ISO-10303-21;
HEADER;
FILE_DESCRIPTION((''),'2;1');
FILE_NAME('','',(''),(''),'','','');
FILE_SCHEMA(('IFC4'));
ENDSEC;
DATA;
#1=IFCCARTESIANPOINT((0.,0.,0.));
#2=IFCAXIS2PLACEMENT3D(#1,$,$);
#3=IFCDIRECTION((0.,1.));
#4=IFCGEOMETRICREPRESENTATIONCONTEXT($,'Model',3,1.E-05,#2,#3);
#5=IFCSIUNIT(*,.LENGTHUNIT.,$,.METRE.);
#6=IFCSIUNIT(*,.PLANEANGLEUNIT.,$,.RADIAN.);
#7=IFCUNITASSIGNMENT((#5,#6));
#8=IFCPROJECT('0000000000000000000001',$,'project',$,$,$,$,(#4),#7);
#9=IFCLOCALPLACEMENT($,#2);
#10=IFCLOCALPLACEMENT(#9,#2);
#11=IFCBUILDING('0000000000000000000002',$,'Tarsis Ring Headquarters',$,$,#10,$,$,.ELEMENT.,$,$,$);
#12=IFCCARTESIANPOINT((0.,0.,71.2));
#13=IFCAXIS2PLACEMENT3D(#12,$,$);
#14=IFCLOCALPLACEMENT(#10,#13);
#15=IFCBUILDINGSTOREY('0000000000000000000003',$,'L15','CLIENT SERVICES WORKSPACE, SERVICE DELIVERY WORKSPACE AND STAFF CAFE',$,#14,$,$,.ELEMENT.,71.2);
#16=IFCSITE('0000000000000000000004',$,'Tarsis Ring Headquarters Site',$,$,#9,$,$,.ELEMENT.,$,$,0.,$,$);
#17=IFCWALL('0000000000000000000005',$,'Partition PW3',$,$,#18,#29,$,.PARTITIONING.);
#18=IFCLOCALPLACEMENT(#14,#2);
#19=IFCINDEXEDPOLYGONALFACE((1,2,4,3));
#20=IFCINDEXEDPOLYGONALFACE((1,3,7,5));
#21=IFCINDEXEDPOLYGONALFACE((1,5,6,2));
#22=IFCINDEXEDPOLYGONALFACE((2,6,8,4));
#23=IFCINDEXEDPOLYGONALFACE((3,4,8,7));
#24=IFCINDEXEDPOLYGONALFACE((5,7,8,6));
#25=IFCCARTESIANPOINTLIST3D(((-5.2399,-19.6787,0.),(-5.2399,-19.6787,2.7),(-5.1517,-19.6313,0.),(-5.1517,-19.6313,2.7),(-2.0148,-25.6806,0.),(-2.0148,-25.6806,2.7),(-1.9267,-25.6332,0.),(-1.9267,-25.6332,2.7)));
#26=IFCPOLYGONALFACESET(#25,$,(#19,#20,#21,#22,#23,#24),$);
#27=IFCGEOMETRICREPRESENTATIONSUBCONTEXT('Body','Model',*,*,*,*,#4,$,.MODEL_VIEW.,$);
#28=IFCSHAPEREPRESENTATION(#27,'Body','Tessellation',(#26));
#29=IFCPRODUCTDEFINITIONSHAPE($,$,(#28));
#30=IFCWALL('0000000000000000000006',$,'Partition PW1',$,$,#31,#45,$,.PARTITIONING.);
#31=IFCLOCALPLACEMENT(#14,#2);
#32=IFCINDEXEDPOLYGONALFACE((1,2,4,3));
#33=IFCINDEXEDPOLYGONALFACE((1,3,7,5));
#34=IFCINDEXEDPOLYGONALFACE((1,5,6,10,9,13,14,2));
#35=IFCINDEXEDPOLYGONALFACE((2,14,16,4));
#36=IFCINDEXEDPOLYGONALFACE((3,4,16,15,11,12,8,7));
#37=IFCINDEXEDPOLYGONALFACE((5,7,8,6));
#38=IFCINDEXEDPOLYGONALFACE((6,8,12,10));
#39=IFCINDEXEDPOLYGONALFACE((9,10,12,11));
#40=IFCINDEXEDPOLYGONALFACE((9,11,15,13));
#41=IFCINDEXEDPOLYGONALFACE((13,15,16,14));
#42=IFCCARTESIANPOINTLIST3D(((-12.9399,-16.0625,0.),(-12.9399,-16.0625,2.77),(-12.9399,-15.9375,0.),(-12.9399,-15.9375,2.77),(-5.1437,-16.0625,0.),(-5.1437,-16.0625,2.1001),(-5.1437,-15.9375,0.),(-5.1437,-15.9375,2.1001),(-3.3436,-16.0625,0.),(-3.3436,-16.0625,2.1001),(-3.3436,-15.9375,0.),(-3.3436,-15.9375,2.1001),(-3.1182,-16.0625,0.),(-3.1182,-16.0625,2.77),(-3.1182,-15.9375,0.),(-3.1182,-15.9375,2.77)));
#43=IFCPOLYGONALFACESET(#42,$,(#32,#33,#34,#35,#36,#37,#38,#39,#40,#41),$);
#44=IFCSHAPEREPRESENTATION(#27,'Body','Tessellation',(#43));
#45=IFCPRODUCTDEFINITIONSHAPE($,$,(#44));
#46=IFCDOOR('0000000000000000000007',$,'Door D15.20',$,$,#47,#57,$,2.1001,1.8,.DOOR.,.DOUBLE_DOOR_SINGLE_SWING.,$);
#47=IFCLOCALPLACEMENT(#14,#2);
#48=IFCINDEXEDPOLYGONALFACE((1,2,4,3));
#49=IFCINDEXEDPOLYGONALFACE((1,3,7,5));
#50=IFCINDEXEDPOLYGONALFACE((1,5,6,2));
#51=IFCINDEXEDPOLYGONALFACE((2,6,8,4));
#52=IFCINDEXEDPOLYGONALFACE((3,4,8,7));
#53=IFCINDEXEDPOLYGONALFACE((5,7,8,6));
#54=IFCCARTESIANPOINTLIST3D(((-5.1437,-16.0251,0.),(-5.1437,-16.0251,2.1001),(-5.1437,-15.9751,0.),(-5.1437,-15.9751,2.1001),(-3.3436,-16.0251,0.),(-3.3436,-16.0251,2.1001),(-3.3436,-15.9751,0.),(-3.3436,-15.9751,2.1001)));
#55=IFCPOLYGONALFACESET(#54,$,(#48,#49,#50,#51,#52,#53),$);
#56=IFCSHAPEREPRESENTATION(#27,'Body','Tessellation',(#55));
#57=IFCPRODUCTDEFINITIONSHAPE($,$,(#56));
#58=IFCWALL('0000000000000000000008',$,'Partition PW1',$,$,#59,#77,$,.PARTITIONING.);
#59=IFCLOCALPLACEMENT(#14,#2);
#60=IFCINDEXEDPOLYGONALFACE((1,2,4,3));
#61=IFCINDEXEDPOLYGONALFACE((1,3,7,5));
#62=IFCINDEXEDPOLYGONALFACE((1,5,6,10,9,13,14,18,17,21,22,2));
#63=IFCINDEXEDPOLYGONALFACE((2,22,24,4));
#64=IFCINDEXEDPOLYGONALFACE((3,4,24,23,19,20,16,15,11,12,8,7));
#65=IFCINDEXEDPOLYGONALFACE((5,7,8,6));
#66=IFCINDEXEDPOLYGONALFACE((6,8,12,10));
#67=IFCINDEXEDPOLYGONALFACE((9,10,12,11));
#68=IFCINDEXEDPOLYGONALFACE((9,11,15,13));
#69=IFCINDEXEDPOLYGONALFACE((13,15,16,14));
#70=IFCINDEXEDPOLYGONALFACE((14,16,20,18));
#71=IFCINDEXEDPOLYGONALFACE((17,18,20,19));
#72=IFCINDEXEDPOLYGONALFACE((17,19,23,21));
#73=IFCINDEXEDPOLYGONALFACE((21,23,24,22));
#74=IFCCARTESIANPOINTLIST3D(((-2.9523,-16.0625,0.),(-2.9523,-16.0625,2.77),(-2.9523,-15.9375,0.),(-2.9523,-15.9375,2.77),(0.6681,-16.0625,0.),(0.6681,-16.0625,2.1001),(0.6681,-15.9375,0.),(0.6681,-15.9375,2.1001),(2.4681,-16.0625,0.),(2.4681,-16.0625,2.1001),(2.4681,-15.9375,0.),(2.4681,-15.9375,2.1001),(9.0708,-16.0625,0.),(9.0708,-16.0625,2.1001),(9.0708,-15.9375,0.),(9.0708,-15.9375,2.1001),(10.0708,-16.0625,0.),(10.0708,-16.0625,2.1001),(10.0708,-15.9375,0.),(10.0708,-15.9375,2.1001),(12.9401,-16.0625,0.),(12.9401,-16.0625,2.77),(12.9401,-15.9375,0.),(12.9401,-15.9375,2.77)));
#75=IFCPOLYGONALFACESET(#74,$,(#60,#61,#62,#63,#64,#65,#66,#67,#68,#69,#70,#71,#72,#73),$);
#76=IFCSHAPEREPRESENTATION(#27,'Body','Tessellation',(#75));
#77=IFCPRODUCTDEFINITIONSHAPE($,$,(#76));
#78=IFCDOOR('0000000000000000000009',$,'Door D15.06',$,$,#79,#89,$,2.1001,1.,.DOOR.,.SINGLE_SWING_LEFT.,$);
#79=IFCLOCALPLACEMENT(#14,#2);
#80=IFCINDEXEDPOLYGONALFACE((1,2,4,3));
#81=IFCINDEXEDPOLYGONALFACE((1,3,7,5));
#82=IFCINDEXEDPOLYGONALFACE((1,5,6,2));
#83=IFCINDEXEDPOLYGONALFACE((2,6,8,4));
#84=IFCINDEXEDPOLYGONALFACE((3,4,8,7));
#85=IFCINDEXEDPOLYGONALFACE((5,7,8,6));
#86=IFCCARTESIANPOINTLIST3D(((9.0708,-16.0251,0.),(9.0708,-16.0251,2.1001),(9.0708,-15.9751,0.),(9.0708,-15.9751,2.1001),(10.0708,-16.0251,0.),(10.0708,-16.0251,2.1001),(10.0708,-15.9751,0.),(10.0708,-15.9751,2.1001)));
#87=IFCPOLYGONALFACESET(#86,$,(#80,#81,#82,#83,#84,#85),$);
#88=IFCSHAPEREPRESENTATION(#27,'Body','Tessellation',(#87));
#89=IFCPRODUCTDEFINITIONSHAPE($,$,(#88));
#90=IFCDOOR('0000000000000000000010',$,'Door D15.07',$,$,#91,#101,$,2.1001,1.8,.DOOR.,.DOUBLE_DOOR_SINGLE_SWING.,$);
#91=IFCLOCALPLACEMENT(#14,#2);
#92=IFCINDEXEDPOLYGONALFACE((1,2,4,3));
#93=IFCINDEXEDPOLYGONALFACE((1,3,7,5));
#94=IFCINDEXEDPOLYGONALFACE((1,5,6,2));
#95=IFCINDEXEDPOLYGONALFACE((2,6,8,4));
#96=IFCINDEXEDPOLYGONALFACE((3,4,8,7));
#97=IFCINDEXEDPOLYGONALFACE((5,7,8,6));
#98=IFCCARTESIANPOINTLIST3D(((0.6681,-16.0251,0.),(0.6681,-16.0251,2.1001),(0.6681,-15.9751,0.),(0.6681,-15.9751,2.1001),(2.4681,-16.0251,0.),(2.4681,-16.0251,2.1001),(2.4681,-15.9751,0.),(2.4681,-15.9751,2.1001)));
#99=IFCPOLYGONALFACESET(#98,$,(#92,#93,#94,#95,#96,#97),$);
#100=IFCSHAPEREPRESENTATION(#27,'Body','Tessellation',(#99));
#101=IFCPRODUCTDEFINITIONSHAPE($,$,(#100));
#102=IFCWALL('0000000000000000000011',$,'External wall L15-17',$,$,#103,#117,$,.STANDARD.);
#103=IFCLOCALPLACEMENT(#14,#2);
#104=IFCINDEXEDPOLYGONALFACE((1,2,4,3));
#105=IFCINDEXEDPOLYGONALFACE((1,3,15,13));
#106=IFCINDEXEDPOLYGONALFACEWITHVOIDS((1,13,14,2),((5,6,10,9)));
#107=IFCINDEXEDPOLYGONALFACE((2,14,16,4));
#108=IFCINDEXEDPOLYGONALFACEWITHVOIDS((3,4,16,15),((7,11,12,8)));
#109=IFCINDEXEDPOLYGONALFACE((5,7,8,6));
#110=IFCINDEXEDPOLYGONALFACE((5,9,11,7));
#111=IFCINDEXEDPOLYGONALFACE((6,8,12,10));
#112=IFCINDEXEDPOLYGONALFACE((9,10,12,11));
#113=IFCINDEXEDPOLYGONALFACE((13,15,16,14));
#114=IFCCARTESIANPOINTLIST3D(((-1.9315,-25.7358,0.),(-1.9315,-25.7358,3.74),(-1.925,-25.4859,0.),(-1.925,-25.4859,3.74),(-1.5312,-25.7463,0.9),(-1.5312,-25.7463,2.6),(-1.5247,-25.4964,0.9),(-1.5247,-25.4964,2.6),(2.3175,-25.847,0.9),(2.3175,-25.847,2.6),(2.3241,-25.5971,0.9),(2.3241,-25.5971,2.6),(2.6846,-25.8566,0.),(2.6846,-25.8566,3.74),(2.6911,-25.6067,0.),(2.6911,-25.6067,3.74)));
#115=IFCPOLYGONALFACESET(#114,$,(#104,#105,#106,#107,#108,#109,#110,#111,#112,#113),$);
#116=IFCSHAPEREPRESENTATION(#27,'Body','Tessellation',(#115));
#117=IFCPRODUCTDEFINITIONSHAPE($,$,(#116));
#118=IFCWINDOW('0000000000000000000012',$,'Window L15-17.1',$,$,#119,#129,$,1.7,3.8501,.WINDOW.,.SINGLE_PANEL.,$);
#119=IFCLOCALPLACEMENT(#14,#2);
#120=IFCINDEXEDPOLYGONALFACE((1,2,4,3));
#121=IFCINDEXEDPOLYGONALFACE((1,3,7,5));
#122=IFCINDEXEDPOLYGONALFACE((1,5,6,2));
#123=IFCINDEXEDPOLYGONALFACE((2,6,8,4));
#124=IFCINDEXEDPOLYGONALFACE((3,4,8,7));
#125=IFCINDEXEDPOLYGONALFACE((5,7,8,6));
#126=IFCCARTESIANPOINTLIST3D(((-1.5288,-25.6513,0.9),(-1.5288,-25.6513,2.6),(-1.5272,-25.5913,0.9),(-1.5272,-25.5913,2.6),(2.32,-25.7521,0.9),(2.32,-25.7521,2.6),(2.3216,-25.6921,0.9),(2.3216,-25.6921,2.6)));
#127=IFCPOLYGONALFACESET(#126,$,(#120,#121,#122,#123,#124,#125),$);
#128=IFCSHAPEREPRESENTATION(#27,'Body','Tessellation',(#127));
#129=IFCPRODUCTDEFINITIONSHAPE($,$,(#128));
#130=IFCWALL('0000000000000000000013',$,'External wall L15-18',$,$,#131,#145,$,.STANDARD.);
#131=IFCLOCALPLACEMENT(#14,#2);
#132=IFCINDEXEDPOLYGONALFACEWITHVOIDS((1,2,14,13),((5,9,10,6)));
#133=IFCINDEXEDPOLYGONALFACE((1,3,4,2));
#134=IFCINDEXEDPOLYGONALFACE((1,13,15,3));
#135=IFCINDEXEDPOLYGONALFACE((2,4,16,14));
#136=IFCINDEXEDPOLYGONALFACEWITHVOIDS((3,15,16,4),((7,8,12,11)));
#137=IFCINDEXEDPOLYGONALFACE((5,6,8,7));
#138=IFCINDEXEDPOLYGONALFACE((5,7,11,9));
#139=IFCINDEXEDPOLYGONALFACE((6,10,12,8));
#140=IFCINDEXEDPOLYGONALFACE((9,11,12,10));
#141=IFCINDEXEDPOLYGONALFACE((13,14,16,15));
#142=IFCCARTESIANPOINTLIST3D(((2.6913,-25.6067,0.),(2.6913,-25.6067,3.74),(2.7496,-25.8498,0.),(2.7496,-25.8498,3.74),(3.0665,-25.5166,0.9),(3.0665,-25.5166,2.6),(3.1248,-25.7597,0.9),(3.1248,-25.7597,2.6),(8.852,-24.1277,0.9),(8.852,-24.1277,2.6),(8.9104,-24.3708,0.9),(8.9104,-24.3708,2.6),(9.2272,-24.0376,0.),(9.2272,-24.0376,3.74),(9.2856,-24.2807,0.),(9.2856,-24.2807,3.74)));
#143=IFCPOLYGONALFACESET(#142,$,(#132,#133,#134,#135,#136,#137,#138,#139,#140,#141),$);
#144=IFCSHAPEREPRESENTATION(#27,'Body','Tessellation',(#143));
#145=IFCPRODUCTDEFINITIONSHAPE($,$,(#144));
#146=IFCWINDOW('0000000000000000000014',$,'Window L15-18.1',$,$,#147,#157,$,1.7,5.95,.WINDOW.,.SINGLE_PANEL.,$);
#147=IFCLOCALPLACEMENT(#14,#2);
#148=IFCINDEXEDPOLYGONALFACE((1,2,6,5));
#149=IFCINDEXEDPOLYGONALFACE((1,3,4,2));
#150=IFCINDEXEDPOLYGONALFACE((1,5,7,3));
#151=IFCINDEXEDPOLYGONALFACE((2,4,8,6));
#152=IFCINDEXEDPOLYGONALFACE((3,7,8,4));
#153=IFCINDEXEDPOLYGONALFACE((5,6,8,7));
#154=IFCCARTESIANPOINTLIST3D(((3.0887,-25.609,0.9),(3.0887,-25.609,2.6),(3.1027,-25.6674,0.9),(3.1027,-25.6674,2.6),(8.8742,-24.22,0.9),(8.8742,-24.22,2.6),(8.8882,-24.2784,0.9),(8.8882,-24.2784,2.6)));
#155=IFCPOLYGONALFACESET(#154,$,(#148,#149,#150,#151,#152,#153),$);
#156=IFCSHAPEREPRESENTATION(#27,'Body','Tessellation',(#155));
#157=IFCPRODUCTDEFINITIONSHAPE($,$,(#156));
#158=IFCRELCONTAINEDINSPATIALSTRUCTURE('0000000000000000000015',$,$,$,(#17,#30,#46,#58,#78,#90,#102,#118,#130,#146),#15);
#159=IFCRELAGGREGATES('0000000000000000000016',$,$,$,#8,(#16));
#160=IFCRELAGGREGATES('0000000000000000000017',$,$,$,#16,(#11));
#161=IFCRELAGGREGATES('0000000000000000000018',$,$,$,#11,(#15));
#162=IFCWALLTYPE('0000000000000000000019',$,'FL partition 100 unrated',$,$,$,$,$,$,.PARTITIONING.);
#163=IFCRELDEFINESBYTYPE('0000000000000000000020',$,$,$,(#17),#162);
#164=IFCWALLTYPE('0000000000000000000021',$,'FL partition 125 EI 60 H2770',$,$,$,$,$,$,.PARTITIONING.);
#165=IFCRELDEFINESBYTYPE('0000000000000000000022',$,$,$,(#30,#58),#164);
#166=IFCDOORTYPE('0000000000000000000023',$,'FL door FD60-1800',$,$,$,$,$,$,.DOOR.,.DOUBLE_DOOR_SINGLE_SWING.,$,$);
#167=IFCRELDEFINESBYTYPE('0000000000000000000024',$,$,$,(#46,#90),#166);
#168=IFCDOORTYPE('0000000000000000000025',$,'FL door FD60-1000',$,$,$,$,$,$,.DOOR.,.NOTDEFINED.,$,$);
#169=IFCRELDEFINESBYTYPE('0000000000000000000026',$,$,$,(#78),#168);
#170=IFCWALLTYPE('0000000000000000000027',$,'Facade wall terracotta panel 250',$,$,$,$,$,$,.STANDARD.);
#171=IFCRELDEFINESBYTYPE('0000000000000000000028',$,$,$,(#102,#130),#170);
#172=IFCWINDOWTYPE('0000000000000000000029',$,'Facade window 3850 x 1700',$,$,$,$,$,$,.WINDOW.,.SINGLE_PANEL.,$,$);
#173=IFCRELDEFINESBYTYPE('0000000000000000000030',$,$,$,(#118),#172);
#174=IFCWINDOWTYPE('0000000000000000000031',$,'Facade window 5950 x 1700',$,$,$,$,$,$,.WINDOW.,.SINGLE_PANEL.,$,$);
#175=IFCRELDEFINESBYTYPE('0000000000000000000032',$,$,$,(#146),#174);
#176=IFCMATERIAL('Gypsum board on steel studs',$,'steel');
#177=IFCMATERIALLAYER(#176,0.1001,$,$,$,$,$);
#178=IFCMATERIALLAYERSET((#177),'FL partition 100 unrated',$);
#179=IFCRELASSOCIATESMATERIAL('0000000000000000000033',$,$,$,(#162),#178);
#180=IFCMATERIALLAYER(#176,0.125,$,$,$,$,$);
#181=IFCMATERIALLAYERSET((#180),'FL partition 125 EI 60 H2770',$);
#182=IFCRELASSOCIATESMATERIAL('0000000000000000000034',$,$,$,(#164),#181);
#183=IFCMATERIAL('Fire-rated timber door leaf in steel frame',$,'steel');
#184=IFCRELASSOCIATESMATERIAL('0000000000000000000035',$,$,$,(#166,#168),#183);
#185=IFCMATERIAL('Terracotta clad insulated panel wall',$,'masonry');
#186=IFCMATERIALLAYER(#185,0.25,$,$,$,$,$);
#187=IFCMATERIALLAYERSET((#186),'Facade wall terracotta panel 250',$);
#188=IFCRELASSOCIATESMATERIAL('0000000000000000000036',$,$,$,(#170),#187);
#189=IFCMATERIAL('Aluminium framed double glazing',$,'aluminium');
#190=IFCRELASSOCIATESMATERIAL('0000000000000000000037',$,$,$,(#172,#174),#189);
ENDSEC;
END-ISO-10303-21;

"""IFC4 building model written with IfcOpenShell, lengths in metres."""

from ifc_helpers import new_model, si_unit, direction, frame, frame_2d, origin, place, context, subcontext, project, spatial, rectangle, extrude, material, layer, layer_set, type_object, element, fill, save


model = new_model("IFC4")

# Units and contexts
model_context = context("Model", 3, precision=1e-05, world=origin(), true_north=direction((0.0, 1.0)))
body_context = subcontext(model_context, "Body", "Model", "MODEL_VIEW")
ifc_project = project(units=[si_unit("LENGTHUNIT", "METRE"), si_unit("PLANEANGLEUNIT", "RADIAN")], contexts=[model_context])

# Site, building, storey
site_placement = place(None, origin())
site = spatial("IfcSite", under=ifc_project, at=site_placement, Name="Tarsis Ring Headquarters Site", CompositionType="ELEMENT", RefElevation=0.0)
building_placement = place(site_placement, origin())
building = spatial("IfcBuilding", under=site, at=building_placement, Name="Tarsis Ring Headquarters", CompositionType="ELEMENT")
storey_placement = place(building_placement, frame((0.0, 0.0, 71.2)))
storey = spatial("IfcBuildingStorey", under=building, at=storey_placement, Name="L15", Description="CLIENT SERVICES WORKSPACE, SERVICE DELIVERY WORKSPACE AND STAFF CAFE", CompositionType="ELEMENT", Elevation=71.2)

# Wall
ifc_material_1 = material(Name="Gypsum board on steel studs", Category="steel")
ifc_layer_1 = layer(ifc_material_1, 0.1001)
ifc_layer_set_1 = layer_set([ifc_layer_1], Name="FL partition 100 unrated")
wall_type_1 = type_object("IfcWallType", Name="FL partition 100 unrated", PredefinedType="PARTITIONING", material=ifc_layer_set_1)
wall_1_placement = place(storey_placement, frame((-5.1958, -19.655, 0.0), z_axis=(0.0, 0.0, 1.0), x_axis=(0.473335, -0.880883, 0.0)))
element("IfcWall", 1, at=wall_1_placement, inside=storey, type_object=wall_type_1, Name="Partition PW3", PredefinedType="PARTITIONING", context=body_context, shape_type="SweptSolid", body=[
    extrude(rectangle(XDim=6.8135, YDim=0.1001, at=frame_2d((3.4067, 0.0))), origin(), (0.0, 0.0, 1.0), 2.7),
])

# Wall, opening, door
ifc_layer_2 = layer(ifc_material_1, 0.125)
ifc_layer_set_2 = layer_set([ifc_layer_2], Name="FL partition 125 EI 60 H2770")
wall_type_2 = type_object("IfcWallType", Name="FL partition 125 EI 60 H2770", PredefinedType="PARTITIONING", material=ifc_layer_set_2)
wall_2_placement = place(storey_placement, frame((-12.9399, -16.0, 0.0), z_axis=(0.0, 0.0, 1.0), x_axis=(1.0, 0.0, 0.0)))
wall_2 = element("IfcWall", 2, at=wall_2_placement, inside=storey, type_object=wall_type_2, Name="Partition PW1", PredefinedType="PARTITIONING", context=body_context, shape_type="SweptSolid", body=[
    extrude(rectangle(XDim=9.8218, YDim=0.125, at=frame_2d((4.9109, 0.0))), origin(), (0.0, 0.0, 1.0), 2.77),
])
opening_1_placement = place(wall_2_placement, frame((7.7964, 0.0, 0.0)))
opening_1 = element("IfcOpeningElement", 3, at=opening_1_placement, cuts=wall_2, PredefinedType="OPENING", context=body_context, shape_type="SweptSolid", body=[
    extrude(rectangle(XDim=1.8, YDim=2.1001, at=frame_2d((0.8999, 1.05))), frame((0.0, 0.0725, 0.0), z_axis=(0.0, -1.0, 0.0), x_axis=(1.0, 0.0, 0.0)), (0.0, 0.0, 1.0), 0.145),
])
ifc_material_2 = material(Name="Fire-rated timber door leaf in steel frame", Category="steel")
door_type_1 = type_object("IfcDoorType", Name="FL door FD60-1800", OperationType="DOUBLE_DOOR_SINGLE_SWING", PredefinedType="DOOR", material=ifc_material_2)
door_1_placement = place(opening_1_placement, origin())
door_1 = element("IfcDoor", 4, at=door_1_placement, inside=storey, type_object=door_type_1, Name="Door D15.20", OperationType="DOUBLE_DOOR_SINGLE_SWING", OverallHeight=2.1001, OverallWidth=1.8, PredefinedType="DOOR", context=body_context, shape_type="SweptSolid", body=[
    extrude(rectangle(XDim=1.8, YDim=2.1001, at=frame_2d((0.8999, 1.05))), frame((0.0, 0.0249, 0.0), z_axis=(0.0, -1.0, 0.0), x_axis=(1.0, 0.0, 0.0)), (0.0, 0.0, 1.0), 0.05),
])
fill(opening_1, door_1)

# Wall, openings, doors
wall_3_placement = place(storey_placement, frame((-2.9524, -16.0, 0.0), z_axis=(0.0, 0.0, 1.0), x_axis=(1.0, 0.0, 0.0)))
wall_3 = element("IfcWall", 5, at=wall_3_placement, inside=storey, type_object=wall_type_2, Name="Partition PW1", PredefinedType="PARTITIONING", context=body_context, shape_type="SweptSolid", body=[
    extrude(rectangle(XDim=15.8923, YDim=0.125, at=frame_2d((7.9463, 0.0))), origin(), (0.0, 0.0, 1.0), 2.77),
])
opening_2_placement = place(wall_3_placement, frame((12.0232, 0.0, 0.0)))
opening_2 = element("IfcOpeningElement", 6, at=opening_2_placement, cuts=wall_3, PredefinedType="OPENING", context=body_context, shape_type="SweptSolid", body=[
    extrude(rectangle(XDim=1.0, YDim=2.1001, at=frame_2d((0.5, 1.05))), frame((0.0, 0.0725, 0.0), z_axis=(0.0, -1.0, 0.0), x_axis=(1.0, 0.0, 0.0)), (0.0, 0.0, 1.0), 0.145),
])
opening_3_placement = place(wall_3_placement, frame((3.6206, 0.0, 0.0)))
opening_3 = element("IfcOpeningElement", 7, at=opening_3_placement, cuts=wall_3, PredefinedType="OPENING", context=body_context, shape_type="SweptSolid", body=[
    extrude(rectangle(XDim=1.8, YDim=2.1001, at=frame_2d((0.8999, 1.05))), frame((0.0, 0.0725, 0.0), z_axis=(0.0, -1.0, 0.0), x_axis=(1.0, 0.0, 0.0)), (0.0, 0.0, 1.0), 0.145),
])
door_type_2 = type_object("IfcDoorType", Name="FL door FD60-1000", OperationType="NOTDEFINED", PredefinedType="DOOR", material=ifc_material_2)
door_2_placement = place(opening_2_placement, origin())
door_2 = element("IfcDoor", 8, at=door_2_placement, inside=storey, type_object=door_type_2, Name="Door D15.06", OperationType="SINGLE_SWING_LEFT", OverallHeight=2.1001, OverallWidth=1.0, PredefinedType="DOOR", context=body_context, shape_type="SweptSolid", body=[
    extrude(rectangle(XDim=1.0, YDim=2.1001, at=frame_2d((0.5, 1.05))), frame((0.0, 0.0249, 0.0), z_axis=(0.0, -1.0, 0.0), x_axis=(1.0, 0.0, 0.0)), (0.0, 0.0, 1.0), 0.05),
])
fill(opening_2, door_2)
door_3_placement = place(opening_3_placement, origin())
door_3 = element("IfcDoor", 9, at=door_3_placement, inside=storey, type_object=door_type_1, Name="Door D15.07", OperationType="DOUBLE_DOOR_SINGLE_SWING", OverallHeight=2.1001, OverallWidth=1.8, PredefinedType="DOOR", context=body_context, shape_type="SweptSolid", body=[
    extrude(rectangle(XDim=1.8, YDim=2.1001, at=frame_2d((0.8999, 1.05))), frame((0.0, 0.0249, 0.0), z_axis=(0.0, -1.0, 0.0), x_axis=(1.0, 0.0, 0.0)), (0.0, 0.0, 1.0), 0.05),
])
fill(opening_3, door_3)

# Walls, openings, windows
ifc_material_3 = material(Name="Terracotta clad insulated panel wall", Category="masonry")
ifc_layer_3 = layer(ifc_material_3, 0.25)
ifc_layer_set_3 = layer_set([ifc_layer_3], Name="Facade wall terracotta panel 250")
wall_type_3 = type_object("IfcWallType", Name="Facade wall terracotta panel 250", PredefinedType="STANDARD", material=ifc_layer_set_3)
wall_4_placement = place(storey_placement, frame((-1.9282, -25.6108, 0.0), z_axis=(0.0, 0.0, 1.0), x_axis=(0.999657, -0.02617, 0.0)))
wall_4 = element("IfcWall", 10, at=wall_4_placement, inside=storey, type_object=wall_type_3, Name="External wall L15-17", PredefinedType="STANDARD", context=body_context, shape_type="SweptSolid", body=[
    extrude(rectangle(XDim=4.6177, YDim=0.25, at=frame_2d((2.3088, 0.0))), origin(), (0.0, 0.0, 1.0), 3.74),
])
opening_4_placement = place(wall_4_placement, frame((0.4004, 0.0, 0.8999)))
opening_4 = element("IfcOpeningElement", 11, at=opening_4_placement, cuts=wall_4, PredefinedType="OPENING", context=body_context, shape_type="SweptSolid", body=[
    extrude(rectangle(XDim=3.8501, YDim=1.7, at=frame_2d((1.925, 0.8501))), frame((0.0, 0.135, 0.0), z_axis=(0.0, -1.0, 0.0), x_axis=(1.0, 0.0, 0.0)), (0.0, 0.0, 1.0), 0.27),
])
ifc_material_4 = material(Name="Aluminium framed double glazing", Category="aluminium")
window_type_1 = type_object("IfcWindowType", Name="Facade window 3850 x 1700", PartitioningType="SINGLE_PANEL", PredefinedType="WINDOW", material=ifc_material_4)
window_1_placement = place(opening_4_placement, origin())
window_1 = element("IfcWindow", 12, at=window_1_placement, inside=storey, type_object=window_type_1, Name="Window L15-17.1", OverallHeight=1.7, OverallWidth=3.8501, PartitioningType="SINGLE_PANEL", PredefinedType="WINDOW", context=body_context, shape_type="SweptSolid", body=[
    extrude(rectangle(XDim=3.8501, YDim=1.7, at=frame_2d((1.925, 0.8501))), frame((0.0, 0.03, 0.0), z_axis=(0.0, -1.0, 0.0), x_axis=(1.0, 0.0, 0.0)), (0.0, 0.0, 1.0), 0.0601),
])
fill(opening_4, window_1)
wall_5_placement = place(storey_placement, frame((2.7205, -25.7283, 0.0), z_axis=(0.0, 0.0, 1.0), x_axis=(0.972371, 0.23344, 0.0)))
wall_5 = element("IfcWall", 13, at=wall_5_placement, inside=storey, type_object=wall_type_3, Name="External wall L15-18", PredefinedType="STANDARD", context=body_context, shape_type="SweptSolid", body=[
    extrude(rectangle(XDim=6.7217, YDim=0.25, at=frame_2d((3.3608, 0.0))), origin(), (0.0, 0.0, 1.0), 3.74),
])
opening_5_placement = place(wall_5_placement, frame((0.3857, 0.0, 0.8999)))
opening_5 = element("IfcOpeningElement", 14, at=opening_5_placement, cuts=wall_5, PredefinedType="OPENING", context=body_context, shape_type="SweptSolid", body=[
    extrude(rectangle(XDim=5.95, YDim=1.7, at=frame_2d((2.9751, 0.8501))), frame((0.0, 0.135, 0.0), z_axis=(0.0, -1.0, 0.0), x_axis=(1.0, 0.0, 0.0)), (0.0, 0.0, 1.0), 0.27),
])
window_type_2 = type_object("IfcWindowType", Name="Facade window 5950 x 1700", PartitioningType="SINGLE_PANEL", PredefinedType="WINDOW", material=ifc_material_4)
window_2_placement = place(opening_5_placement, origin())
window_2 = element("IfcWindow", 15, at=window_2_placement, inside=storey, type_object=window_type_2, Name="Window L15-18.1", OverallHeight=1.7, OverallWidth=5.95, PartitioningType="SINGLE_PANEL", PredefinedType="WINDOW", context=body_context, shape_type="SweptSolid", body=[
    extrude(rectangle(XDim=5.95, YDim=1.7, at=frame_2d((2.9751, 0.8501))), frame((0.0, 0.03, 0.0), z_axis=(0.0, -1.0, 0.0), x_axis=(1.0, 0.0, 0.0)), (0.0, 0.0, 1.0), 0.0601),
])
fill(opening_5, window_2)

save(model, "model.ifc")
